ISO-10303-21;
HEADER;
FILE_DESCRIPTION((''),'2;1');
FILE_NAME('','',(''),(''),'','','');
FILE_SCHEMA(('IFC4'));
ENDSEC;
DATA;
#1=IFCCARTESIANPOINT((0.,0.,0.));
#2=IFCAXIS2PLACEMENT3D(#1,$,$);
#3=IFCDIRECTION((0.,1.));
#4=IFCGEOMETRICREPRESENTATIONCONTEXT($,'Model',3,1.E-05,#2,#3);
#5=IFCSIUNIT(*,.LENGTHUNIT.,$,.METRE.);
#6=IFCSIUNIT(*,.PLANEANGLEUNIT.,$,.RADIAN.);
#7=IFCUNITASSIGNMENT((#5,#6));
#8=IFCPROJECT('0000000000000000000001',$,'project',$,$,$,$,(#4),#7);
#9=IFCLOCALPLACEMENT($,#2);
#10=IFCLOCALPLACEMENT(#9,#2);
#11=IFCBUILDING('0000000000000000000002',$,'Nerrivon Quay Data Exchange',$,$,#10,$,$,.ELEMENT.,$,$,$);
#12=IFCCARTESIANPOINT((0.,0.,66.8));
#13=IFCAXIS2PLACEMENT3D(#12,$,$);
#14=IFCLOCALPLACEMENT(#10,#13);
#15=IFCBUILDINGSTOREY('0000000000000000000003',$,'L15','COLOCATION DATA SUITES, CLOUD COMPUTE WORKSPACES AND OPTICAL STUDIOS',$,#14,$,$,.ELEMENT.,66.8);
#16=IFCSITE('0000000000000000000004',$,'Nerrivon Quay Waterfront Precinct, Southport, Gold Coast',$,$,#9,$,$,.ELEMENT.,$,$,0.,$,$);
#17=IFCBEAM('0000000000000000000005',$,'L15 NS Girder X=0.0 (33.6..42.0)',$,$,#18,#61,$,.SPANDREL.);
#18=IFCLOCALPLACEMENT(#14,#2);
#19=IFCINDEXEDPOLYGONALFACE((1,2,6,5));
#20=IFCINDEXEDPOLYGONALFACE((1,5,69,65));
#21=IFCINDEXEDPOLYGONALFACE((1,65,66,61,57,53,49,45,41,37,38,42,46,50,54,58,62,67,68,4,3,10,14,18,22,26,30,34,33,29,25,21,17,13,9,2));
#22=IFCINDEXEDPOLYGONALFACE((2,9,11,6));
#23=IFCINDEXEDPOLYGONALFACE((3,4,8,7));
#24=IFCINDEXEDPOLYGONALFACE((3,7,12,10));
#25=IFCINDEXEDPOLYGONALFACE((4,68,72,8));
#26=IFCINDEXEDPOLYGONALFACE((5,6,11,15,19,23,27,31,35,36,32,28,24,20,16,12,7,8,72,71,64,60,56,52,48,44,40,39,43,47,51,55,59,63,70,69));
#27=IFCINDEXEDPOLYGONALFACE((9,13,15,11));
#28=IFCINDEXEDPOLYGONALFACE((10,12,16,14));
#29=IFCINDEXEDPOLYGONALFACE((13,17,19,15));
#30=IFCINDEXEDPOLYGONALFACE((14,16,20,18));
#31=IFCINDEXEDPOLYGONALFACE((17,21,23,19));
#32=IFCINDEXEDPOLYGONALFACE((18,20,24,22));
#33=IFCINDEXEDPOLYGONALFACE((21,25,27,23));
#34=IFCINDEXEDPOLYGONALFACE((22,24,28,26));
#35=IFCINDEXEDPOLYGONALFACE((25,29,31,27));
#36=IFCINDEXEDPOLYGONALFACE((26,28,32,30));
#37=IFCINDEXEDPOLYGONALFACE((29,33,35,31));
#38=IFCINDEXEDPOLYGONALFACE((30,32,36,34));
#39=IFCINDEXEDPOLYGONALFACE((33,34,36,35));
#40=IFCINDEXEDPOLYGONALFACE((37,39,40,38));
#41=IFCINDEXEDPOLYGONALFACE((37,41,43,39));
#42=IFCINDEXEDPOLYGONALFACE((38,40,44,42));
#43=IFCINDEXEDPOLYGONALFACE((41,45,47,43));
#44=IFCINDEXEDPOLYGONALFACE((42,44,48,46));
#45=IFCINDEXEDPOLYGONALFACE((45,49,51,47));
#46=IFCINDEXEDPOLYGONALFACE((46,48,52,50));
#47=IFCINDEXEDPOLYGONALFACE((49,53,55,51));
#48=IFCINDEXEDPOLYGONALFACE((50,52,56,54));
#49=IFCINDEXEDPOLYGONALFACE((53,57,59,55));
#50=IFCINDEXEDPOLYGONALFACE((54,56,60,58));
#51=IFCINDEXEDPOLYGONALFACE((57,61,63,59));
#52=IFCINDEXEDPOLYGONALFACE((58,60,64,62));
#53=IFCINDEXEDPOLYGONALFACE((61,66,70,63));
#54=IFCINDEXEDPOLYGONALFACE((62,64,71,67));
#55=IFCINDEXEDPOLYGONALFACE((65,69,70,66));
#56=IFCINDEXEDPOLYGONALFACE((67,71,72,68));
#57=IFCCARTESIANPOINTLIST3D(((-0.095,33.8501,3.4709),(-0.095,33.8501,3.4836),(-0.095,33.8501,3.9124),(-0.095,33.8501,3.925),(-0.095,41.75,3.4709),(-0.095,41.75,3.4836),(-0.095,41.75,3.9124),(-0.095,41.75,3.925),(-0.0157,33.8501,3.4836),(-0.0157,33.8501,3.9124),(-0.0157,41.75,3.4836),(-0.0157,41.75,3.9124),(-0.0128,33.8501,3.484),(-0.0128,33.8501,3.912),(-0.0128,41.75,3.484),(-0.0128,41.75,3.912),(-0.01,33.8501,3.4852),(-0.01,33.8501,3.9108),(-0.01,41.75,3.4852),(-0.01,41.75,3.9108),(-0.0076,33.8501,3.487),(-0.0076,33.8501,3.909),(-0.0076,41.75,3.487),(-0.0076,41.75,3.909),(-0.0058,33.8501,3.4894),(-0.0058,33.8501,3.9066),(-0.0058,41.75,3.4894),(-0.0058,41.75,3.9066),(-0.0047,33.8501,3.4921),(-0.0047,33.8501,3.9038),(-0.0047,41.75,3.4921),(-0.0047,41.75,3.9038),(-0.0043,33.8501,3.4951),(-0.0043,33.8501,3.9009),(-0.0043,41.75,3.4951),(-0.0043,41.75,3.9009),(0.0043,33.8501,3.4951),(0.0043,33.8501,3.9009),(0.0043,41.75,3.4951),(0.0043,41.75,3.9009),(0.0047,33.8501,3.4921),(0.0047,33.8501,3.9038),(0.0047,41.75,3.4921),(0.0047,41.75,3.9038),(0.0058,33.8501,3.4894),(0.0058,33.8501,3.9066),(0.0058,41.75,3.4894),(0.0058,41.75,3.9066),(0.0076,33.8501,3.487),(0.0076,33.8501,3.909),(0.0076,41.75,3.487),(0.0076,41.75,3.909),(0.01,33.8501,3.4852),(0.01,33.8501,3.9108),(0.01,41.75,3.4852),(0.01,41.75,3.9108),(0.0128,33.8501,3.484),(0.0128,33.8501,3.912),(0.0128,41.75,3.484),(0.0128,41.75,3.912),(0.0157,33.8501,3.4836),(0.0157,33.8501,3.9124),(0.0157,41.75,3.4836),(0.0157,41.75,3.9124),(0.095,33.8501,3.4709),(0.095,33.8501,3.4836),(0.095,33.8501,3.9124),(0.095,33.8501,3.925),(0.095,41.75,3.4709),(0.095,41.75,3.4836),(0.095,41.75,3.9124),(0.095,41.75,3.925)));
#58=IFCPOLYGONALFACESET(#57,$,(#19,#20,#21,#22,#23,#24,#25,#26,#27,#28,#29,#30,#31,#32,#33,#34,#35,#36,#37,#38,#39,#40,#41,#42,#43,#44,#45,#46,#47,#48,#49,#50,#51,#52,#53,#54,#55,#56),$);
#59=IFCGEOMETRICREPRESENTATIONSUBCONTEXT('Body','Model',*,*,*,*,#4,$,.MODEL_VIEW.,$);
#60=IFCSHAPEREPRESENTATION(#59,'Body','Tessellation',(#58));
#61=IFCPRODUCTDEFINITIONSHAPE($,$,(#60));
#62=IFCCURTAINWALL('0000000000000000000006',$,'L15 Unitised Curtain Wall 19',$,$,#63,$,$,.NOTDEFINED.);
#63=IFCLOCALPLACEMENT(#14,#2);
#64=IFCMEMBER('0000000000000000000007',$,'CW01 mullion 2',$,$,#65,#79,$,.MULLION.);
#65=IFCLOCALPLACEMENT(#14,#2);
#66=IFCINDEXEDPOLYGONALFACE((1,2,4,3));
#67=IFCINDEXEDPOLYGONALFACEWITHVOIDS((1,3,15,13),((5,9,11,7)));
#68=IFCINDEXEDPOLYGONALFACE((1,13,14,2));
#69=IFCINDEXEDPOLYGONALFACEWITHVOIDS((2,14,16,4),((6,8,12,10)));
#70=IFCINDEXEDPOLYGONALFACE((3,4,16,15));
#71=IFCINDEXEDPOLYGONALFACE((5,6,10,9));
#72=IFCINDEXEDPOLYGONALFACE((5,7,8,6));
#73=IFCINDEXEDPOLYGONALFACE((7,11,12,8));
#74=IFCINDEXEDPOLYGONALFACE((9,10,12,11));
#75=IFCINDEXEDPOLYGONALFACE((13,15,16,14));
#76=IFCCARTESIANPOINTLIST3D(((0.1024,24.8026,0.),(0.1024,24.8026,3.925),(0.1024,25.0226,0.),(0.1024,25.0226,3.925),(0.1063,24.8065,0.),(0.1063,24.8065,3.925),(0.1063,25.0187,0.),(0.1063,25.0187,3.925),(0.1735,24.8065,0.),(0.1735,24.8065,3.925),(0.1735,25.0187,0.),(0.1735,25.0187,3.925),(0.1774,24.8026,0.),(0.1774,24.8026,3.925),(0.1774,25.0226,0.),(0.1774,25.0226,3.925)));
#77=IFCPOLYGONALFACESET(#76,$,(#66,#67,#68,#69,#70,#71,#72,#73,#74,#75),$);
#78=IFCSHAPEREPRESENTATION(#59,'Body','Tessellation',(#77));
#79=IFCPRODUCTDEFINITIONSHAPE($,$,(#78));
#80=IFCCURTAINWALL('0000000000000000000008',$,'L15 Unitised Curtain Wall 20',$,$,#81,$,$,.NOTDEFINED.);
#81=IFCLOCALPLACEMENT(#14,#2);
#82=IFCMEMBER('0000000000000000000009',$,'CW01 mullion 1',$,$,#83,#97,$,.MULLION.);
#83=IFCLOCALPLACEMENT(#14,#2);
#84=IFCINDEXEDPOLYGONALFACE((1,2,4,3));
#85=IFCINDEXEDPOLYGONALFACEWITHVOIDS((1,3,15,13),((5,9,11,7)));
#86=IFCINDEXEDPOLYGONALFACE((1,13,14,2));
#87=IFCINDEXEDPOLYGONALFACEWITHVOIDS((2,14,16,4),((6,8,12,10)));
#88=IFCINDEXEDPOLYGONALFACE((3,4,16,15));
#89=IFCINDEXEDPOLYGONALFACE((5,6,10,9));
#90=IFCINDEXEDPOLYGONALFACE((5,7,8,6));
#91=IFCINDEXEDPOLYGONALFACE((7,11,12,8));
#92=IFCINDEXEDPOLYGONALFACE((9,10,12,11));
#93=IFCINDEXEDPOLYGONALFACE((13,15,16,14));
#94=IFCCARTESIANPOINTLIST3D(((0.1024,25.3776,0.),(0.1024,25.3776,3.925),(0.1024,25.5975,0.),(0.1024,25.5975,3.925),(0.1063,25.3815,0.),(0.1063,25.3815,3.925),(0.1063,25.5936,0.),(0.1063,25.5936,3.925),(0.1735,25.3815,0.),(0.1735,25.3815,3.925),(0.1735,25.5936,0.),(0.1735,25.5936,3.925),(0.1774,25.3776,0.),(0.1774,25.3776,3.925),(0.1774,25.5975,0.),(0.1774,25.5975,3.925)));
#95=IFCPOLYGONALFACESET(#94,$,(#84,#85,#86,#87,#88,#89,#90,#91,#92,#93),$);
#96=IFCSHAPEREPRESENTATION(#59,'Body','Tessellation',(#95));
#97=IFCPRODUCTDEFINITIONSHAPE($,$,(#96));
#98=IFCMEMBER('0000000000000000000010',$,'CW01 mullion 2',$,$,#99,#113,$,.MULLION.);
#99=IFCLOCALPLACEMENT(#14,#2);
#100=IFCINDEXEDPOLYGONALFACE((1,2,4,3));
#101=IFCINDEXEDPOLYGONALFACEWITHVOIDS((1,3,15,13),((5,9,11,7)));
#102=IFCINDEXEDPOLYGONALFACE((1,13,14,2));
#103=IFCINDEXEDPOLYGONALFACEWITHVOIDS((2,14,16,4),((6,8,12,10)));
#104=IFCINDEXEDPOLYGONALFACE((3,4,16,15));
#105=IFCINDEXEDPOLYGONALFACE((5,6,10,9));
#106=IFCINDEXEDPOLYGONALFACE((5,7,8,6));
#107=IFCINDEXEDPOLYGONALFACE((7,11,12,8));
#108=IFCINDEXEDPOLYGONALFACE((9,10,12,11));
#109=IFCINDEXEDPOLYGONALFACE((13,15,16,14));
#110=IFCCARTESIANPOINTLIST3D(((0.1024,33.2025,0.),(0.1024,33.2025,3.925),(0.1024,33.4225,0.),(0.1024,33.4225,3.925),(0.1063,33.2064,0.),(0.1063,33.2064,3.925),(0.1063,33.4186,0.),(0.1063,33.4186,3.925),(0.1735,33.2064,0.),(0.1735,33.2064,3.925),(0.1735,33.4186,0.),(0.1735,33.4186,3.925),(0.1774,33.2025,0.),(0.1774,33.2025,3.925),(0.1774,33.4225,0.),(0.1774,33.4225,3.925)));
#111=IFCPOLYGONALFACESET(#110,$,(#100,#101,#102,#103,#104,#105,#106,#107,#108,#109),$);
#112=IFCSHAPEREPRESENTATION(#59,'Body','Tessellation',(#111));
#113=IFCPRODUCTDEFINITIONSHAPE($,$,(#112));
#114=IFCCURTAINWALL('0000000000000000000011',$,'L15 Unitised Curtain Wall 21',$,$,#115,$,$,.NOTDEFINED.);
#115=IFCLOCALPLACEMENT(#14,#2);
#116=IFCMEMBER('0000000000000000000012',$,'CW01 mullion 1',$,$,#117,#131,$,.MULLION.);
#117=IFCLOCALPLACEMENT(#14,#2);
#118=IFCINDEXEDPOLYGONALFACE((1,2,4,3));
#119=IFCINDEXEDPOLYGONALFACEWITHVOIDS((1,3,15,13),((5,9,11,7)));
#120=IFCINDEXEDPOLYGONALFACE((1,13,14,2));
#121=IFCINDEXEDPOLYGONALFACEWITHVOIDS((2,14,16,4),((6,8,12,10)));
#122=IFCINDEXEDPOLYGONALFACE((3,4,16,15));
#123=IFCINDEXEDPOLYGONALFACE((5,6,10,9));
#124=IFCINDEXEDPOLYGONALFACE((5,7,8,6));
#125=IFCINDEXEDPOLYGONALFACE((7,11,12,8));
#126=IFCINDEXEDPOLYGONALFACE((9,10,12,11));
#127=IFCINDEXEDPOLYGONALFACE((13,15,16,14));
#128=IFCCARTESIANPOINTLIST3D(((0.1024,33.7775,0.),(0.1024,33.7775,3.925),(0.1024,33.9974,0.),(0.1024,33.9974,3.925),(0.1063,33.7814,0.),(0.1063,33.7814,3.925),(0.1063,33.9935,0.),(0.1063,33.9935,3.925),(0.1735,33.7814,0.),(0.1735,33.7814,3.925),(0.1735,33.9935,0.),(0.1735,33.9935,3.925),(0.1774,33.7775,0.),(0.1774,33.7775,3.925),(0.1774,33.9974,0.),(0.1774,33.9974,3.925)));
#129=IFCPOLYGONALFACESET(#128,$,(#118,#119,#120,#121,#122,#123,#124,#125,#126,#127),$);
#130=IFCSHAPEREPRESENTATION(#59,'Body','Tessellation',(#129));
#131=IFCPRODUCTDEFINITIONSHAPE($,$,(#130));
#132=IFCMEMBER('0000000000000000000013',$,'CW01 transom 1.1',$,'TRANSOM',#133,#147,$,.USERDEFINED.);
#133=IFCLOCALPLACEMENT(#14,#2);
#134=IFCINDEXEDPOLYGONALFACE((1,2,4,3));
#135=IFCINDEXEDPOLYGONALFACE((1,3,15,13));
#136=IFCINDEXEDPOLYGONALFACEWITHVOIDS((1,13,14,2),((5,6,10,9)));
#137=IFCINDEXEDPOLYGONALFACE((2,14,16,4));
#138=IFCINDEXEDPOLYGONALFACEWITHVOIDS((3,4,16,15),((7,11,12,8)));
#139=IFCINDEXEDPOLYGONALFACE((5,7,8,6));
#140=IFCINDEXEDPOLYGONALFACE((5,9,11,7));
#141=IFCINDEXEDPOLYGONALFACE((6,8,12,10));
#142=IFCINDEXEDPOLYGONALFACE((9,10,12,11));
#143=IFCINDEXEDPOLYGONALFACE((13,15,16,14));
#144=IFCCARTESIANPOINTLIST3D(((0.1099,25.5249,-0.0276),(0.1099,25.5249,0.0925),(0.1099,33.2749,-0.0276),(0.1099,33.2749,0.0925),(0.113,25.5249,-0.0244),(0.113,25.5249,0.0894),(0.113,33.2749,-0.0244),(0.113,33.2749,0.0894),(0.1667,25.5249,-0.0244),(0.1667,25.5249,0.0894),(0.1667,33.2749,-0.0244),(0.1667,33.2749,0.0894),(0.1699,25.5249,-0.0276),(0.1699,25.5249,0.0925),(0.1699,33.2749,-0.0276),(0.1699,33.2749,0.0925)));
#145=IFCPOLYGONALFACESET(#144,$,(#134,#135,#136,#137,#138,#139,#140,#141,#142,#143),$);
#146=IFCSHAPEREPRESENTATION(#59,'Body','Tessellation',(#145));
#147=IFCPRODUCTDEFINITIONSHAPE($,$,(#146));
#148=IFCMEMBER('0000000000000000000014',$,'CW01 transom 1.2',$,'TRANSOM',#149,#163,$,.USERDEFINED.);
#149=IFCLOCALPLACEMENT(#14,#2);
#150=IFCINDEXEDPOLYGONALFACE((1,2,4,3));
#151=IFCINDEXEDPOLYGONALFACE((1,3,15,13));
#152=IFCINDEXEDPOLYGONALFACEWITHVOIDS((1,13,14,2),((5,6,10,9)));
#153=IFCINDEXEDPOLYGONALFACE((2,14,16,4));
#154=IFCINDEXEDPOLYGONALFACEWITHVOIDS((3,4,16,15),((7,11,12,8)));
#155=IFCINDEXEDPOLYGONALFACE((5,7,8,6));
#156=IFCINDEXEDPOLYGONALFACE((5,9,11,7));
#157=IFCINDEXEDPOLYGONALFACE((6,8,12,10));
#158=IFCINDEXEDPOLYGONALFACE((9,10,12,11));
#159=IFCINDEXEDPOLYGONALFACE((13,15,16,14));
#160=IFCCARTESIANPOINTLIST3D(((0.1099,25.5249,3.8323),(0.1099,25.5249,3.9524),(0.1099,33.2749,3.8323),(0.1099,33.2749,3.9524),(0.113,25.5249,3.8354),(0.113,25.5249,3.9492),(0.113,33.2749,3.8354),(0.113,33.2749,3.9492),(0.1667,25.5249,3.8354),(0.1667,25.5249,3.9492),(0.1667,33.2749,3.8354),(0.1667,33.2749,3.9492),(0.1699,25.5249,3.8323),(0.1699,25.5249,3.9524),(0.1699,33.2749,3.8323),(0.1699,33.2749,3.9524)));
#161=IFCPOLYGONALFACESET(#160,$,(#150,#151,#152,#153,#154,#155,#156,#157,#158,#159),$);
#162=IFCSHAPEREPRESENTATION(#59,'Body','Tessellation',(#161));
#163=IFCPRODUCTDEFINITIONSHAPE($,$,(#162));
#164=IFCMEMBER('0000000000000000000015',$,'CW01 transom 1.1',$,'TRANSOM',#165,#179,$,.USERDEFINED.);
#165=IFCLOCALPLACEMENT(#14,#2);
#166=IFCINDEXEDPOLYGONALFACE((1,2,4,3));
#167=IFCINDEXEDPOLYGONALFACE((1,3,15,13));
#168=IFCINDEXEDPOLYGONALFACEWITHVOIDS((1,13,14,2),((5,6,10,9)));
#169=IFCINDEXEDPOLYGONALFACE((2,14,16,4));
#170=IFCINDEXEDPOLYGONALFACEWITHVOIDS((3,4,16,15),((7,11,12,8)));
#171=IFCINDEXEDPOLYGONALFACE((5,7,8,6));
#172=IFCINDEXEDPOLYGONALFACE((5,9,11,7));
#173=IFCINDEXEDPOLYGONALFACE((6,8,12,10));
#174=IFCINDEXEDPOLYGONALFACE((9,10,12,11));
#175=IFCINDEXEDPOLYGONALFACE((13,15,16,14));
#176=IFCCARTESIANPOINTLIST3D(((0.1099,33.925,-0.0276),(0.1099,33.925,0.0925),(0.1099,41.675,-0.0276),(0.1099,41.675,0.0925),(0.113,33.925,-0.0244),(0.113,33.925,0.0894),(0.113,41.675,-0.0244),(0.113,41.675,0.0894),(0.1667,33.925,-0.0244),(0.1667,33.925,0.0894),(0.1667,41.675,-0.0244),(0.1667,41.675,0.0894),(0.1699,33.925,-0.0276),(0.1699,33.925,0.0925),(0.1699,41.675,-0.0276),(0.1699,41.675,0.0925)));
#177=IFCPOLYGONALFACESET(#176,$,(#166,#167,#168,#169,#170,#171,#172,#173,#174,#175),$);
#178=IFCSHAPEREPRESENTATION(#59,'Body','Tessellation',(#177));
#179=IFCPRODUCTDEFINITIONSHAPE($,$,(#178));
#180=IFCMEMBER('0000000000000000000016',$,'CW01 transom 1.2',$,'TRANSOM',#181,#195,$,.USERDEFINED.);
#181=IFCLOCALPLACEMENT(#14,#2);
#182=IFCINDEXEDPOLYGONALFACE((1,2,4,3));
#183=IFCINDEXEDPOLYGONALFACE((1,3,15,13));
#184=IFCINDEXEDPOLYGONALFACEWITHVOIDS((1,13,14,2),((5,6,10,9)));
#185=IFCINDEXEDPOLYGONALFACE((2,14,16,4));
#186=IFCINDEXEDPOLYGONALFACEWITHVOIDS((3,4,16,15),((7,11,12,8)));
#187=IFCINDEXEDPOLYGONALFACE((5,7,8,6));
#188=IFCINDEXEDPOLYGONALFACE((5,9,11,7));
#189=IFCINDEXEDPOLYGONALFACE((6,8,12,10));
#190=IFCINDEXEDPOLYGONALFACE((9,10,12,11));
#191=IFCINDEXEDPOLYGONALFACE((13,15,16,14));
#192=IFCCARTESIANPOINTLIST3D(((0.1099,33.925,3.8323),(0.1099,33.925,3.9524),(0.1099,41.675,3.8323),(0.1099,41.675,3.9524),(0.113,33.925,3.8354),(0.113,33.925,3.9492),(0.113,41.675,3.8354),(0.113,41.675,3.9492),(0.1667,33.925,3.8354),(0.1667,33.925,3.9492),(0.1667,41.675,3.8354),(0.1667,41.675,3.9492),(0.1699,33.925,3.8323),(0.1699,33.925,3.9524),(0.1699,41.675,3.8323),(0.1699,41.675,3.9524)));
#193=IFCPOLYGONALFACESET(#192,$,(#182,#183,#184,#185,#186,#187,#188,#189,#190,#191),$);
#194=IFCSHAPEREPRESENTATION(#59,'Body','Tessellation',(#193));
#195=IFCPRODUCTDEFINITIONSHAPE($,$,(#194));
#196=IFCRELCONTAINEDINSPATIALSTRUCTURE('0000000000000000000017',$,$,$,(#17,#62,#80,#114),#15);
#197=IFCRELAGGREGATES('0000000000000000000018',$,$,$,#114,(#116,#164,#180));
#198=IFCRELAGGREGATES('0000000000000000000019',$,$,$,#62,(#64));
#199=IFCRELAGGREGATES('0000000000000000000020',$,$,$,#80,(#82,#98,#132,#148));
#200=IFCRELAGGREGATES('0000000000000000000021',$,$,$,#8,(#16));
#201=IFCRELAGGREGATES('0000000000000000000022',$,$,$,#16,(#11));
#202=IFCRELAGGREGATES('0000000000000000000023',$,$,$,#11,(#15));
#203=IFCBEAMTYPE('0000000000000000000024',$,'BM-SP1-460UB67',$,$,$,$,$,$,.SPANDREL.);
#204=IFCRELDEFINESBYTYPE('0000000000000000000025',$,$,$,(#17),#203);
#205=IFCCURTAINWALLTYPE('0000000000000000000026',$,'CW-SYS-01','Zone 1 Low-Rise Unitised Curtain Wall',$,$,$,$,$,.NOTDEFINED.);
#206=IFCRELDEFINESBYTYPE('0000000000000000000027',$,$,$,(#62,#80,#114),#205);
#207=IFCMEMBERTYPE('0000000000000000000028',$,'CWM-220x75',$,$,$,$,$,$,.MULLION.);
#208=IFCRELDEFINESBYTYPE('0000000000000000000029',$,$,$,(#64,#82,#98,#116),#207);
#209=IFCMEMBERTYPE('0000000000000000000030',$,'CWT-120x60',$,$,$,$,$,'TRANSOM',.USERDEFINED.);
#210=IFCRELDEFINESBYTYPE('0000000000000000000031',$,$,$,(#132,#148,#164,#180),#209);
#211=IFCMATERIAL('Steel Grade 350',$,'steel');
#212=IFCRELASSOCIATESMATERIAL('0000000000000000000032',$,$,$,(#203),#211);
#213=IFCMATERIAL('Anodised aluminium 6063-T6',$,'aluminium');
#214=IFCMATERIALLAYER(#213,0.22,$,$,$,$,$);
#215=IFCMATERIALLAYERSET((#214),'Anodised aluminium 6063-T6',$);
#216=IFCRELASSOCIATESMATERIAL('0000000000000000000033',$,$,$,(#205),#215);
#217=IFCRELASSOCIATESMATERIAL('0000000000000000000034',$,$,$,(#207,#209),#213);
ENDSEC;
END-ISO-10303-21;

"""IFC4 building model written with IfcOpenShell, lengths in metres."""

from ifc_helpers import new_model, si_unit, direction, frame, origin, origin_2d, place, context, subcontext, project, spatial, hollow_rectangle, i_section, extrude, material, layer, layer_set, material_profile, profile_set, type_object, element, aggregate, save


model = new_model("IFC4")

# Units and contexts
model_context = context("Model", 3, precision=1e-05, world=origin(), true_north=direction((0.0, 1.0)))
body_context = subcontext(model_context, "Body", "Model", "MODEL_VIEW")
ifc_project = project(units=[si_unit("LENGTHUNIT", "METRE"), si_unit("PLANEANGLEUNIT", "RADIAN")], contexts=[model_context])

# Site, building, storey
site_placement = place(None, origin())
site = spatial("IfcSite", under=ifc_project, at=site_placement, Name="Nerrivon Quay Waterfront Precinct, Southport, Gold Coast", CompositionType="ELEMENT", RefElevation=0.0)
building_placement = place(site_placement, origin())
building = spatial("IfcBuilding", under=site, at=building_placement, Name="Nerrivon Quay Data Exchange", CompositionType="ELEMENT")
storey_placement = place(building_placement, frame((0.0, 0.0, 66.8)))
storey = spatial("IfcBuildingStorey", under=building, at=storey_placement, Name="L15", Description="COLOCATION DATA SUITES, CLOUD COMPUTE WORKSPACES AND OPTICAL STUDIOS", CompositionType="ELEMENT", Elevation=66.8)

# Shared definitions
ifc_material_1 = material(Name="Steel Grade 350", Category="steel")

# Beam
ifc_material_profile_1 = material_profile(ifc_material_1, i_section(OverallWidth=0.1899, OverallDepth=0.4541, WebThickness=0.0085, FlangeThickness=0.0127, FilletRadius=0.0115, at=origin_2d()), Name="460UB67.1")
ifc_profile_set_1 = profile_set([ifc_material_profile_1], Name="Steel Grade 350")
beam_type_1 = type_object("IfcBeamType", Name="BM-SP1-460UB67", PredefinedType="SPANDREL", material=ifc_profile_set_1)
beam_1_placement = place(storey_placement, frame((0.0, 33.8501, 3.698), z_axis=(0.0, 1.0, 0.0), x_axis=(-1.0, 0.0, 0.0)))
element("IfcBeam", 1, at=beam_1_placement, inside=storey, type_object=beam_type_1, Name="L15 NS Girder X=0.0 (33.6..42.0)", PredefinedType="SPANDREL", context=body_context, shape_type="SweptSolid", body=[
    extrude(i_section(OverallWidth=0.1899, OverallDepth=0.4541, WebThickness=0.0085, FlangeThickness=0.0127, FilletRadius=0.0115, at=origin_2d()), origin(), (0.0, 0.0, 1.0), 7.8999),
])

# Curtain wall, member
ifc_material_2 = material(Name="Anodised aluminium 6063-T6", Category="aluminium")
ifc_layer_1 = layer(ifc_material_2, 0.22)
ifc_layer_set_1 = layer_set([ifc_layer_1], Name="Anodised aluminium 6063-T6")
curtain_wall_type = type_object("IfcCurtainWallType", Name="CW-SYS-01", Description="Zone 1 Low-Rise Unitised Curtain Wall", PredefinedType="NOTDEFINED", material=ifc_layer_set_1)
curtain_wall_1_placement = place(storey_placement, origin())
curtain_wall_1 = element("IfcCurtainWall", 2, at=curtain_wall_1_placement, inside=storey, type_object=curtain_wall_type, Name="L15 Unitised Curtain Wall 19", PredefinedType="NOTDEFINED")
ifc_material_profile_2 = material_profile(ifc_material_2, hollow_rectangle(XDim=0.075, YDim=0.22, WallThickness=0.0039, at=origin_2d()), Name="ALU-MULL-220x75")
ifc_profile_set_2 = profile_set([ifc_material_profile_2], Name="Anodised aluminium 6063-T6")
member_type_1 = type_object("IfcMemberType", Name="CWM-220x75", PredefinedType="MULLION", material=ifc_profile_set_2)
member_1_placement = place(storey_placement, frame((0.1399, 24.9126, 0.0), z_axis=(0.0, 0.0, 1.0), x_axis=(-1.0, 0.0, 0.0)))
member_1 = element("IfcMember", 3, at=member_1_placement, type_object=member_type_1, Name="CW01 mullion 2", PredefinedType="MULLION", context=body_context, shape_type="SweptSolid", body=[
    extrude(hollow_rectangle(XDim=0.075, YDim=0.22, WallThickness=0.0039, at=origin_2d()), origin(), (0.0, 0.0, 1.0), 3.925),
])

# Curtain wall, members
curtain_wall_2_placement = place(storey_placement, origin())
curtain_wall_2 = element("IfcCurtainWall", 4, at=curtain_wall_2_placement, inside=storey, type_object=curtain_wall_type, Name="L15 Unitised Curtain Wall 20", PredefinedType="NOTDEFINED")
member_2_placement = place(storey_placement, frame((0.1399, 25.4875, 0.0), z_axis=(0.0, 0.0, 1.0), x_axis=(-1.0, 0.0, 0.0)))
member_2 = element("IfcMember", 5, at=member_2_placement, type_object=member_type_1, Name="CW01 mullion 1", PredefinedType="MULLION", context=body_context, shape_type="SweptSolid", body=[
    extrude(hollow_rectangle(XDim=0.075, YDim=0.22, WallThickness=0.0039, at=origin_2d()), origin(), (0.0, 0.0, 1.0), 3.925),
])
member_3_placement = place(storey_placement, frame((0.1399, 33.3125, 0.0), z_axis=(0.0, 0.0, 1.0), x_axis=(-1.0, 0.0, 0.0)))
member_3 = element("IfcMember", 6, at=member_3_placement, type_object=member_type_1, Name="CW01 mullion 2", PredefinedType="MULLION", context=body_context, shape_type="SweptSolid", body=[
    extrude(hollow_rectangle(XDim=0.075, YDim=0.22, WallThickness=0.0039, at=origin_2d()), origin(), (0.0, 0.0, 1.0), 3.925),
])

# Curtain wall, member
curtain_wall_3_placement = place(storey_placement, origin())
curtain_wall_3 = element("IfcCurtainWall", 7, at=curtain_wall_3_placement, inside=storey, type_object=curtain_wall_type, Name="L15 Unitised Curtain Wall 21", PredefinedType="NOTDEFINED")
member_4_placement = place(storey_placement, frame((0.1399, 33.8875, 0.0), z_axis=(0.0, 0.0, 1.0), x_axis=(-1.0, 0.0, 0.0)))
member_4 = element("IfcMember", 8, at=member_4_placement, type_object=member_type_1, Name="CW01 mullion 1", PredefinedType="MULLION", context=body_context, shape_type="SweptSolid", body=[
    extrude(hollow_rectangle(XDim=0.075, YDim=0.22, WallThickness=0.0039, at=origin_2d()), origin(), (0.0, 0.0, 1.0), 3.925),
])

# Members
ifc_material_profile_3 = material_profile(ifc_material_2, hollow_rectangle(XDim=0.0601, YDim=0.1201, WallThickness=0.0032, at=origin_2d()), Name="ALU-TRAN-120x60")
ifc_profile_set_3 = profile_set([ifc_material_profile_3], Name="Anodised aluminium 6063-T6")
member_type_2 = type_object("IfcMemberType", Name="CWT-120x60", ElementType="TRANSOM", PredefinedType="USERDEFINED", material=ifc_profile_set_3)
member_5_placement = place(storey_placement, frame((0.1399, 25.5249, 0.0325), z_axis=(0.0, 1.0, 0.0), x_axis=(-1.0, 0.0, 0.0)))
member_5 = element("IfcMember", 9, at=member_5_placement, type_object=member_type_2, Name="CW01 transom 1.1", ObjectType="TRANSOM", PredefinedType="USERDEFINED", context=body_context, shape_type="SweptSolid", body=[
    extrude(hollow_rectangle(XDim=0.0601, YDim=0.1201, WallThickness=0.0032, at=origin_2d()), origin(), (0.0, 0.0, 1.0), 7.75),
])
member_6_placement = place(storey_placement, frame((0.1399, 25.5249, 3.8923), z_axis=(0.0, 1.0, 0.0), x_axis=(-1.0, 0.0, 0.0)))
member_6 = element("IfcMember", 10, at=member_6_placement, type_object=member_type_2, Name="CW01 transom 1.2", ObjectType="TRANSOM", PredefinedType="USERDEFINED", context=body_context, shape_type="SweptSolid", body=[
    extrude(hollow_rectangle(XDim=0.0601, YDim=0.1201, WallThickness=0.0032, at=origin_2d()), origin(), (0.0, 0.0, 1.0), 7.75),
])
member_7_placement = place(storey_placement, frame((0.1399, 33.925, 0.0325), z_axis=(0.0, 1.0, 0.0), x_axis=(-1.0, 0.0, 0.0)))
member_7 = element("IfcMember", 11, at=member_7_placement, type_object=member_type_2, Name="CW01 transom 1.1", ObjectType="TRANSOM", PredefinedType="USERDEFINED", context=body_context, shape_type="SweptSolid", body=[
    extrude(hollow_rectangle(XDim=0.0601, YDim=0.1201, WallThickness=0.0032, at=origin_2d()), origin(), (0.0, 0.0, 1.0), 7.75),
])
member_8_placement = place(storey_placement, frame((0.1399, 33.925, 3.8923), z_axis=(0.0, 1.0, 0.0), x_axis=(-1.0, 0.0, 0.0)))
member_8 = element("IfcMember", 12, at=member_8_placement, type_object=member_type_2, Name="CW01 transom 1.2", ObjectType="TRANSOM", PredefinedType="USERDEFINED", context=body_context, shape_type="SweptSolid", body=[
    extrude(hollow_rectangle(XDim=0.0601, YDim=0.1201, WallThickness=0.0032, at=origin_2d()), origin(), (0.0, 0.0, 1.0), 7.75),
])
aggregate(curtain_wall_3, [member_4, member_7, member_8])

aggregate(curtain_wall_1, [member_1])
aggregate(curtain_wall_2, [member_2, member_3, member_5, member_6])

save(model, "model.ifc")
